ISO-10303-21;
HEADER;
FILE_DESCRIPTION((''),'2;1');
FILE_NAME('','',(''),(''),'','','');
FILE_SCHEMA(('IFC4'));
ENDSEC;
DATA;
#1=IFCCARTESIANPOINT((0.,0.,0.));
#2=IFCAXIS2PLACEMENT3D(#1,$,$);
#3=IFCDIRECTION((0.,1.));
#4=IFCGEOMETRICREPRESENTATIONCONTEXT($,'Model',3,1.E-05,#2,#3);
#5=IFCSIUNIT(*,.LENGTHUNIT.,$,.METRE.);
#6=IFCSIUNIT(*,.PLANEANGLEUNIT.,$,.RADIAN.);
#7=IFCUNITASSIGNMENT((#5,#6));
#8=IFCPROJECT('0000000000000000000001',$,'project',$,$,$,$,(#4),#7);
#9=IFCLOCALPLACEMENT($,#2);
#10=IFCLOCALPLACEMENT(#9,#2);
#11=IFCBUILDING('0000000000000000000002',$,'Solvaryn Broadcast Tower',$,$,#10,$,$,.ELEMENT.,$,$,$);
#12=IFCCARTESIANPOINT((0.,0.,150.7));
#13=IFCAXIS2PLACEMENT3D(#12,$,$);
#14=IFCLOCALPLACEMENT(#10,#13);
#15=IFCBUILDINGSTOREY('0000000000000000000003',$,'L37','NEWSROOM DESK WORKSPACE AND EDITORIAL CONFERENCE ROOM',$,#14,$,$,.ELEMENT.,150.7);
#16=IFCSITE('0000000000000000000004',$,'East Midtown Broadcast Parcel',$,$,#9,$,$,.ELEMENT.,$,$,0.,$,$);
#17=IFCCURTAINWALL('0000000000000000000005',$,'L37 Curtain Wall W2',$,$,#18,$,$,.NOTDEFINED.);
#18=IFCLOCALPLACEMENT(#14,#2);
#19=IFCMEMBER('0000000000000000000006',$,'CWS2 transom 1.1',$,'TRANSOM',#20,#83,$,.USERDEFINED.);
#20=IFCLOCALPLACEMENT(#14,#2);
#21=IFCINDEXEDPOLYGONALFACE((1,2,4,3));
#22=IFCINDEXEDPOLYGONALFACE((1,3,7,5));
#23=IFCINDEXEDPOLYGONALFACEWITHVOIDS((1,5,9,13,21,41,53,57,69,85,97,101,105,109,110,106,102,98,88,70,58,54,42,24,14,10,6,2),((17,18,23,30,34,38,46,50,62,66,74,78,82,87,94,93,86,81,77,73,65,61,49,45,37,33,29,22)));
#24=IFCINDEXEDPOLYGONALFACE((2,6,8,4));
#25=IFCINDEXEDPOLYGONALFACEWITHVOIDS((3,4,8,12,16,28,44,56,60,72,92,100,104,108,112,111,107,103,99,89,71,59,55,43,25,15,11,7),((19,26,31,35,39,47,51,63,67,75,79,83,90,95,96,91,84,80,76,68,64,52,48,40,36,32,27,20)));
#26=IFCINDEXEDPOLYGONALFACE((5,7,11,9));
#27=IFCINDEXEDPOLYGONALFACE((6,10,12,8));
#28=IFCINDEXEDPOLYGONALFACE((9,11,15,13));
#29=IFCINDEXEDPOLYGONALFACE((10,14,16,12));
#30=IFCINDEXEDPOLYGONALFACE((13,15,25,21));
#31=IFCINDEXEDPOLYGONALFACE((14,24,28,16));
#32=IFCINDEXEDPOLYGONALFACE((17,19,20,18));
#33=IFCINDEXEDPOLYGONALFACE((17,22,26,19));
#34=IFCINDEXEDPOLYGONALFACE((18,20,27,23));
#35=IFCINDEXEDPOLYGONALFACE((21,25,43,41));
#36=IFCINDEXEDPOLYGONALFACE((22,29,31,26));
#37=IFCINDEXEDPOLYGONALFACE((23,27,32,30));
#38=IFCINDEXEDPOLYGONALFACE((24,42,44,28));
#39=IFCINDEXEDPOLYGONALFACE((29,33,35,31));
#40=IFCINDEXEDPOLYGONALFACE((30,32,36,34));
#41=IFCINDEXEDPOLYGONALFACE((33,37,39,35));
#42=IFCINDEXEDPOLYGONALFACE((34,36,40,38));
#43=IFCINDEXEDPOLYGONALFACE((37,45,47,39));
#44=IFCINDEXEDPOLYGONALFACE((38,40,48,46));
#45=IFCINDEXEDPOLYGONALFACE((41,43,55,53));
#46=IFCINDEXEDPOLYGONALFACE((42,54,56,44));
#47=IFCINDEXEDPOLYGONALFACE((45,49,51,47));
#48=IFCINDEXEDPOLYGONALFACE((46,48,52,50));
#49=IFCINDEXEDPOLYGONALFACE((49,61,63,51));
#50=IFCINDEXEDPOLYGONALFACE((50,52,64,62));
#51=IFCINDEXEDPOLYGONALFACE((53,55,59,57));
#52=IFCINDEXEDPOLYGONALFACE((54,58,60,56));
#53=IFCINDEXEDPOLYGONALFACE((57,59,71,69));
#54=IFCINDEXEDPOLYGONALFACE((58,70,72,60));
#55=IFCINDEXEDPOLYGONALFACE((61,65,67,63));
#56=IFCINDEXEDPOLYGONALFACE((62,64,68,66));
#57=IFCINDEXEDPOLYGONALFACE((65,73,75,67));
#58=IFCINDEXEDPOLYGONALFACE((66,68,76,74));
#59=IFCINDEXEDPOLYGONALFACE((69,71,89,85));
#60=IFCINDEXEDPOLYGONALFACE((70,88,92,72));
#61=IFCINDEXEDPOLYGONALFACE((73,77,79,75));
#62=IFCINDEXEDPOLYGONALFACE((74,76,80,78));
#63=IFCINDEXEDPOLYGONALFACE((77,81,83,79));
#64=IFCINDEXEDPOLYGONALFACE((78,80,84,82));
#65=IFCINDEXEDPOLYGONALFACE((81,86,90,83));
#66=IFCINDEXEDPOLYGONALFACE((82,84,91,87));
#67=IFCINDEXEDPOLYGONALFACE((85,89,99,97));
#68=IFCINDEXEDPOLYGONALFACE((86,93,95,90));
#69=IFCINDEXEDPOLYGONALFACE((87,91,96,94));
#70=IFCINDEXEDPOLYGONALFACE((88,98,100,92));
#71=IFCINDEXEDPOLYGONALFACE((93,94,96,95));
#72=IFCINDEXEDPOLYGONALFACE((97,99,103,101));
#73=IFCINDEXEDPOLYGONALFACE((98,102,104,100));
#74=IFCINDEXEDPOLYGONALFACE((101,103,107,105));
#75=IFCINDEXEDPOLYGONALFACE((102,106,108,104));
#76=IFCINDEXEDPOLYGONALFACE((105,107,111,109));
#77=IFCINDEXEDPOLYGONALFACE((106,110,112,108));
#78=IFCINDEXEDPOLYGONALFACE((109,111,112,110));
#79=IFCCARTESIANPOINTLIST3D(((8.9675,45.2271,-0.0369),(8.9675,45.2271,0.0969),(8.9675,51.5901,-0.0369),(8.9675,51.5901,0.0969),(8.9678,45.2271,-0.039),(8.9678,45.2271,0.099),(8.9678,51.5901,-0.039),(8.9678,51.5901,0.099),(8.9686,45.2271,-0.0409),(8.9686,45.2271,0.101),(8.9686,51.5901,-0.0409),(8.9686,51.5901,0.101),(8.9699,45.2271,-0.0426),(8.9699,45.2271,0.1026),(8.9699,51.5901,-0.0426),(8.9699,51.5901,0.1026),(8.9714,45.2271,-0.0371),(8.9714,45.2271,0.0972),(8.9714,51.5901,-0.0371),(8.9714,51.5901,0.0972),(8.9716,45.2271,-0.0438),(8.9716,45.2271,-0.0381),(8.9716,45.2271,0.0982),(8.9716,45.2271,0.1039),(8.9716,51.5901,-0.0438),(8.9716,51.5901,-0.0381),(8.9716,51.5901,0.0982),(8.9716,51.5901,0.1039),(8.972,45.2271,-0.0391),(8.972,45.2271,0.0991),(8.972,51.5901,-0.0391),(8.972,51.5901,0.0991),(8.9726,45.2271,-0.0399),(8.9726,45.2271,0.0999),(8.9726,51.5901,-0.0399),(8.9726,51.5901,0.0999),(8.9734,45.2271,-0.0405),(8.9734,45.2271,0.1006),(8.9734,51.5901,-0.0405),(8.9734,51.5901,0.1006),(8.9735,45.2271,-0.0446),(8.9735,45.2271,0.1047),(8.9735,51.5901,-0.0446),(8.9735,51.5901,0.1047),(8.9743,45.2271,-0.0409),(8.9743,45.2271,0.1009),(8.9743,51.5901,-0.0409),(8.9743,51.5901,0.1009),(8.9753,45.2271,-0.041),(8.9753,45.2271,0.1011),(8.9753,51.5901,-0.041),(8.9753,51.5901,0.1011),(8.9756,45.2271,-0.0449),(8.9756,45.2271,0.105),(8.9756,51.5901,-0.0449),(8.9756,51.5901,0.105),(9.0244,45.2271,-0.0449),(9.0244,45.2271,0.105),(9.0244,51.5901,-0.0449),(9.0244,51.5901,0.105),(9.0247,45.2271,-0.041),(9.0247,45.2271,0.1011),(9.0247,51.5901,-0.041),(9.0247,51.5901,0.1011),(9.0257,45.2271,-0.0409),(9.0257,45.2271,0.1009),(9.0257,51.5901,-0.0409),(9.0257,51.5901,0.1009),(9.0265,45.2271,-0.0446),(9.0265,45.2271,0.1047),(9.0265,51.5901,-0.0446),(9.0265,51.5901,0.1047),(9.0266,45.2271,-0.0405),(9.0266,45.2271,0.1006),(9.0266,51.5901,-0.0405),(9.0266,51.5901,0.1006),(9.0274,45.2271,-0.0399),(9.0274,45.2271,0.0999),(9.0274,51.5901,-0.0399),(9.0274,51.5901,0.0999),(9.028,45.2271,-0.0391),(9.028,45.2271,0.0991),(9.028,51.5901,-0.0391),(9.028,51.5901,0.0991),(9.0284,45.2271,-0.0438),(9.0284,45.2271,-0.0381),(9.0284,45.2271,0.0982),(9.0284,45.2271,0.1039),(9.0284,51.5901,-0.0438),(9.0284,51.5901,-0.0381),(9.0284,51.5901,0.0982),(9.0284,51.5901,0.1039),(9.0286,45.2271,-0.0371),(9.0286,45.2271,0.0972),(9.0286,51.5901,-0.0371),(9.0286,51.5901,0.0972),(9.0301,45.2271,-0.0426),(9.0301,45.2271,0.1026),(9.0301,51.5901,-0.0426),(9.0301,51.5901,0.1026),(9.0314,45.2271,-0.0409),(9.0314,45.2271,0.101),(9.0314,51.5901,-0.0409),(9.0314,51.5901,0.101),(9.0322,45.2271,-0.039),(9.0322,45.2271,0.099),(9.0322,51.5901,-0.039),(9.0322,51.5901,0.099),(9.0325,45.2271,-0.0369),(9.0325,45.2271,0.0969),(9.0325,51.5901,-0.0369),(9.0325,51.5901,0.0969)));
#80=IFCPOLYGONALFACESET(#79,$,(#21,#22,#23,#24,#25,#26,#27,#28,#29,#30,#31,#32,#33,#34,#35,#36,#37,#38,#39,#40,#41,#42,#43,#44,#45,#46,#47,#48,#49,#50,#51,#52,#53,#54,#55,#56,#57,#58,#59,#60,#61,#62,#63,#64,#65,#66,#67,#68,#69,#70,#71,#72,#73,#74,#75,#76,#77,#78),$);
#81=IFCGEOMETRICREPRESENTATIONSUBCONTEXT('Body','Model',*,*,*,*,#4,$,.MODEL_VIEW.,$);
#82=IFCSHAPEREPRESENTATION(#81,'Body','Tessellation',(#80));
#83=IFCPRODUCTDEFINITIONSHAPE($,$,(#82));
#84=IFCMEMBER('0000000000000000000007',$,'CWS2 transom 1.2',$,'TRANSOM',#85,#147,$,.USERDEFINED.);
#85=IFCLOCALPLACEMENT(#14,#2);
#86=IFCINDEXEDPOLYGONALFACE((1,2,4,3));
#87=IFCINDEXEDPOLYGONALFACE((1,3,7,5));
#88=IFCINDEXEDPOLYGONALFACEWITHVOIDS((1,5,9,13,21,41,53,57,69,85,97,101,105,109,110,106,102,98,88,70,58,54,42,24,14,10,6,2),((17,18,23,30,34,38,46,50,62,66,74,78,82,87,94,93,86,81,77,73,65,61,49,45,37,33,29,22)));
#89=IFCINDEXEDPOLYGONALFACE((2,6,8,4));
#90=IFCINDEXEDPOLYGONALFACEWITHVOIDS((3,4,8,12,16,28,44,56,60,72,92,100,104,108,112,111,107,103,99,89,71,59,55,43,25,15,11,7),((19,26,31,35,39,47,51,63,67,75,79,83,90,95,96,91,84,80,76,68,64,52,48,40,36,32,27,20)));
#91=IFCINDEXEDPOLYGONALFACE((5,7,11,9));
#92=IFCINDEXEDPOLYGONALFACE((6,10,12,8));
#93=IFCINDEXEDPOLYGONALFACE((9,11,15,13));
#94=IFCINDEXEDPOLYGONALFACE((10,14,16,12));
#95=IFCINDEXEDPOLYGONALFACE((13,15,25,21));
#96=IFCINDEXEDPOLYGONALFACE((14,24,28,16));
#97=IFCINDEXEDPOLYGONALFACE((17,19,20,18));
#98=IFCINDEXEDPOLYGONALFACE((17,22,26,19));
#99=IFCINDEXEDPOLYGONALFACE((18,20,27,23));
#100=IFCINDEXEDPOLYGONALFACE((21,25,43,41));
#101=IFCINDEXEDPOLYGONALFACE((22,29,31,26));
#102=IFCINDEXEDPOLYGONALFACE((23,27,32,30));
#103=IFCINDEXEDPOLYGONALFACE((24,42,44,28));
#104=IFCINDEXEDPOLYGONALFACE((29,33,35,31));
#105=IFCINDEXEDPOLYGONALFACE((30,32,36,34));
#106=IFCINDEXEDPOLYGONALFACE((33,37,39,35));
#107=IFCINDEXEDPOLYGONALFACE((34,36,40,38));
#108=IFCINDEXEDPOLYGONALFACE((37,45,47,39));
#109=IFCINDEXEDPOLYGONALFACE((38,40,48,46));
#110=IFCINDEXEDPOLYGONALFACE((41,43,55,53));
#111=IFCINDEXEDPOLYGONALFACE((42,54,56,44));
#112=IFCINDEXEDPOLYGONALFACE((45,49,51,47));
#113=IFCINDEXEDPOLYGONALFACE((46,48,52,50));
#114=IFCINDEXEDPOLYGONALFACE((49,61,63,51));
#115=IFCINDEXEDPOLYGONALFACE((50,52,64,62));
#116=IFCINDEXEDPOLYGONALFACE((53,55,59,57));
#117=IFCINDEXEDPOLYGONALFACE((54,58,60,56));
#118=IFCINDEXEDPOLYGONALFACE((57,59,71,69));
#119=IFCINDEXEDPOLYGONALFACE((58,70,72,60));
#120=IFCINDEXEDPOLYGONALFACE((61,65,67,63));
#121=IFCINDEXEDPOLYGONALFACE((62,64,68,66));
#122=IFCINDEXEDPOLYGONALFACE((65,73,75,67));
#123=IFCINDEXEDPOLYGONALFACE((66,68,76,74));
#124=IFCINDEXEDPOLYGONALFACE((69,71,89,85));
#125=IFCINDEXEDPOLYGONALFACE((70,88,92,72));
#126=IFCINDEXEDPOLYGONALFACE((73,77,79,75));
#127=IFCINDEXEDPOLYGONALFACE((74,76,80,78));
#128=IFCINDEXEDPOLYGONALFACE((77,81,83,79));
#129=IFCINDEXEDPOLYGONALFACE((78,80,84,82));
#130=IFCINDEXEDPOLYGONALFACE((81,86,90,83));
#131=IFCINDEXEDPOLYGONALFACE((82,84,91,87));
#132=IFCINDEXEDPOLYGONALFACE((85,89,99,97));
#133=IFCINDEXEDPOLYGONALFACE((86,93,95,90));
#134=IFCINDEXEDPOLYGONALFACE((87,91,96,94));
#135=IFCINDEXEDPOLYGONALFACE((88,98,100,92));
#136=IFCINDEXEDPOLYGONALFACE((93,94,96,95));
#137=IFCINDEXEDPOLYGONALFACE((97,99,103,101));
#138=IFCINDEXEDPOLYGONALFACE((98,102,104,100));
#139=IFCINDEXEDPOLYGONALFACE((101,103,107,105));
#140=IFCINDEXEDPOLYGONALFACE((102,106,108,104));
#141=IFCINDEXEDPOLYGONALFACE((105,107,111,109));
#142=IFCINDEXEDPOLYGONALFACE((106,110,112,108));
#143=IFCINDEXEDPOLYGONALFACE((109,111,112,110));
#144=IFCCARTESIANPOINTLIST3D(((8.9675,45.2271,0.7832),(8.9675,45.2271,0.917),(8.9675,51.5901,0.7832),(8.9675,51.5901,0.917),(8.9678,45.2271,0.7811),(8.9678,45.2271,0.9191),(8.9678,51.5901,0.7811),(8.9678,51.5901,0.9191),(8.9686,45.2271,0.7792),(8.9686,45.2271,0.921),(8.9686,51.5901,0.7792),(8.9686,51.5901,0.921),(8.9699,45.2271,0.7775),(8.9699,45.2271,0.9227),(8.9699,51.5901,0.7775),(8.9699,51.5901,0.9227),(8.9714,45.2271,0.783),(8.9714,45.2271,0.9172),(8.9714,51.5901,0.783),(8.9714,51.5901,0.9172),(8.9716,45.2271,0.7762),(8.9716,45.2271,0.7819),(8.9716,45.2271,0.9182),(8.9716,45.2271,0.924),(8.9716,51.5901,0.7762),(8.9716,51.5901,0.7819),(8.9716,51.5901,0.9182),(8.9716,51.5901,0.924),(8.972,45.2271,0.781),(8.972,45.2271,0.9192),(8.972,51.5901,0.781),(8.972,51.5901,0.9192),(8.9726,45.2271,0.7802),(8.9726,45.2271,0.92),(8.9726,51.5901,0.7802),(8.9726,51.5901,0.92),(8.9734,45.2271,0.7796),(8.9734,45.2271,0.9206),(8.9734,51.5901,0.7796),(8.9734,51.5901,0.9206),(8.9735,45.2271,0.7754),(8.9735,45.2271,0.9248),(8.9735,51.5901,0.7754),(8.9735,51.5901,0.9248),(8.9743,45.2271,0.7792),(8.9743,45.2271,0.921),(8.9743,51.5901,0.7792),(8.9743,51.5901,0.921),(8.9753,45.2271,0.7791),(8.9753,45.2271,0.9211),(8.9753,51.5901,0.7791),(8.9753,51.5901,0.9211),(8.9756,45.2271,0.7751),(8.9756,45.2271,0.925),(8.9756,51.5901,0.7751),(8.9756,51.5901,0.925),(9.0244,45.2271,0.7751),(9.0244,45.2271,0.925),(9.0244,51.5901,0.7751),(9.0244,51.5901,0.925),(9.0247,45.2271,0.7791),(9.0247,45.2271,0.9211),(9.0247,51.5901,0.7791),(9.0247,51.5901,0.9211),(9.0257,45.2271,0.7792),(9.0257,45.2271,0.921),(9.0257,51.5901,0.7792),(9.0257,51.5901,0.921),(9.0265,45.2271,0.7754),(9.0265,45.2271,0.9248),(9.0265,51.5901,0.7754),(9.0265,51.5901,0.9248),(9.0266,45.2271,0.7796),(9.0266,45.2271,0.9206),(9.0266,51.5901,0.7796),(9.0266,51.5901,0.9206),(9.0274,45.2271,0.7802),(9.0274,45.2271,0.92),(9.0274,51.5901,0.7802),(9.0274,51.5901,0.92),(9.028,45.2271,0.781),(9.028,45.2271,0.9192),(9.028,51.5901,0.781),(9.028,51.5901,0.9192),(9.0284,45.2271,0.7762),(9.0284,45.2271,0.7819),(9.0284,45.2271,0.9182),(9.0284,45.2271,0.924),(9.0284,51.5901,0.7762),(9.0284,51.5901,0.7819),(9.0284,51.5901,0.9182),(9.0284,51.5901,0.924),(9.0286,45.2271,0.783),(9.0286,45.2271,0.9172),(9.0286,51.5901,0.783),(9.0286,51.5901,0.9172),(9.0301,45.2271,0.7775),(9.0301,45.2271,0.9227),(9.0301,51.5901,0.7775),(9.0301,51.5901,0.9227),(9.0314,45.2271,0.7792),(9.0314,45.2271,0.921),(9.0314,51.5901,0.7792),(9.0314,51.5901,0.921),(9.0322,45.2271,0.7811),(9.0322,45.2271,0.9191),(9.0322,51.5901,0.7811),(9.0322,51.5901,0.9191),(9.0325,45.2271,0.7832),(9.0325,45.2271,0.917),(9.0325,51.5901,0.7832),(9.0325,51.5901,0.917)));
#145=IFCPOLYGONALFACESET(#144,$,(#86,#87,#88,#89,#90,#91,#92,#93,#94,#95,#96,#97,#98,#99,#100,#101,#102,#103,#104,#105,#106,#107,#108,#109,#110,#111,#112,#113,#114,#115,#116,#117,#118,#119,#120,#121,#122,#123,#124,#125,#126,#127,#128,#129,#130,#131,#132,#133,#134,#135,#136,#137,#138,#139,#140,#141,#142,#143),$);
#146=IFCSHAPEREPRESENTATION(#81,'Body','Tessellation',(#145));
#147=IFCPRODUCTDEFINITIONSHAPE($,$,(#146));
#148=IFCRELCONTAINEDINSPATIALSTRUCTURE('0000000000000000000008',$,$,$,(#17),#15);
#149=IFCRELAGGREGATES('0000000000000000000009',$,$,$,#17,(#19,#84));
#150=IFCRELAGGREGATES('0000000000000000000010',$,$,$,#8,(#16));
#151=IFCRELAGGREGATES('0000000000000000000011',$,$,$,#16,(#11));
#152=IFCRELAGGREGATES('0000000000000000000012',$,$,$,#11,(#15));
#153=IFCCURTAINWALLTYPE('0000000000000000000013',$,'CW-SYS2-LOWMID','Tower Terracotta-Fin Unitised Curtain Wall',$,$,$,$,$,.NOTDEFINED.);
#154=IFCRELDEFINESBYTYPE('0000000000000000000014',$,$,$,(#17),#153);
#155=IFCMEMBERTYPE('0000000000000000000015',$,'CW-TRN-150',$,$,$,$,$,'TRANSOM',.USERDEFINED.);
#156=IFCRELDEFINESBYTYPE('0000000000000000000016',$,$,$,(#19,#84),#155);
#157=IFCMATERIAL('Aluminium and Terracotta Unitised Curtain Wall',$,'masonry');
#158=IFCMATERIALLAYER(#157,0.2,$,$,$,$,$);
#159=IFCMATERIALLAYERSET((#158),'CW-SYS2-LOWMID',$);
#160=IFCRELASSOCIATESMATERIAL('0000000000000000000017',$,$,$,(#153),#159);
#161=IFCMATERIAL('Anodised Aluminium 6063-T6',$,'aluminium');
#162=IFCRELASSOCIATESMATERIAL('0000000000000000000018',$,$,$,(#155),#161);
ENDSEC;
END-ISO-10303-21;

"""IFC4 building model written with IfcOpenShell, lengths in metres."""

from ifc_helpers import new_model, si_unit, direction, frame, origin, origin_2d, place, context, subcontext, project, spatial, hollow_rectangle, extrude, material, layer, layer_set, material_profile, profile_set, type_object, element, aggregate, save


model = new_model("IFC4")

# Units and contexts
model_context = context("Model", 3, precision=1e-05, world=origin(), true_north=direction((0.0, 1.0)))
body_context = subcontext(model_context, "Body", "Model", "MODEL_VIEW")
ifc_project = project(units=[si_unit("LENGTHUNIT", "METRE"), si_unit("PLANEANGLEUNIT", "RADIAN")], contexts=[model_context])

# Site, building, storey
site_placement = place(None, origin())
site = spatial("IfcSite", under=ifc_project, at=site_placement, Name="East Midtown Broadcast Parcel", CompositionType="ELEMENT", RefElevation=0.0)
building_placement = place(site_placement, origin())
building = spatial("IfcBuilding", under=site, at=building_placement, Name="Solvaryn Broadcast Tower", CompositionType="ELEMENT")
storey_placement = place(building_placement, frame((0.0, 0.0, 150.7)))
storey = spatial("IfcBuildingStorey", under=building, at=storey_placement, Name="L37", Description="NEWSROOM DESK WORKSPACE AND EDITORIAL CONFERENCE ROOM", CompositionType="ELEMENT", Elevation=150.7)

# Shared definitions
ifc_material_1 = material(Name="Aluminium and Terracotta Unitised Curtain Wall", Category="masonry")
ifc_layer_1 = layer(ifc_material_1, 0.2)
ifc_layer_set_1 = layer_set([ifc_layer_1], Name="CW-SYS2-LOWMID")
curtain_wall_type = type_object("IfcCurtainWallType", Name="CW-SYS2-LOWMID", Description="Tower Terracotta-Fin Unitised Curtain Wall", PredefinedType="NOTDEFINED", material=ifc_layer_set_1)

# Curtain wall
curtain_wall_1_placement = place(storey_placement, origin())
curtain_wall_1 = element("IfcCurtainWall", 1, at=curtain_wall_1_placement, inside=storey, type_object=curtain_wall_type, Name="L37 Curtain Wall W2", PredefinedType="NOTDEFINED")

# Members
ifc_material_2 = material(Name="Anodised Aluminium 6063-T6", Category="aluminium")
ifc_material_profile_1 = material_profile(ifc_material_2, hollow_rectangle(XDim=0.0649, YDim=0.1499, WallThickness=0.0039, InnerFilletRadius=0.0039, OuterFilletRadius=0.0081, at=origin_2d()))
ifc_profile_set_1 = profile_set([ifc_material_profile_1], Name="Anodised Aluminium 6063-T6")
member_type_1 = type_object("IfcMemberType", Name="CW-TRN-150", ElementType="TRANSOM", PredefinedType="USERDEFINED", material=ifc_profile_set_1)
member_1_placement = place(storey_placement, frame((9.0, 45.2271, 0.03), z_axis=(0.0, 1.0, 0.0), x_axis=(-1.0, 0.0, 0.0)))
member_1 = element("IfcMember", 2, at=member_1_placement, type_object=member_type_1, Name="CWS2 transom 1.1", ObjectType="TRANSOM", PredefinedType="USERDEFINED", context=body_context, shape_type="SweptSolid", body=[
    extrude(hollow_rectangle(XDim=0.0649, YDim=0.1499, WallThickness=0.0039, InnerFilletRadius=0.0039, OuterFilletRadius=0.0081, at=origin_2d()), origin(), (0.0, 0.0, 1.0), 6.363),
])
member_2_placement = place(storey_placement, frame((9.0, 45.2271, 0.8501), z_axis=(0.0, 1.0, 0.0), x_axis=(-1.0, 0.0, 0.0)))
member_2 = element("IfcMember", 3, at=member_2_placement, type_object=member_type_1, Name="CWS2 transom 1.2", ObjectType="TRANSOM", PredefinedType="USERDEFINED", context=body_context, shape_type="SweptSolid", body=[
    extrude(hollow_rectangle(XDim=0.0649, YDim=0.1499, WallThickness=0.0039, InnerFilletRadius=0.0039, OuterFilletRadius=0.0081, at=origin_2d()), origin(), (0.0, 0.0, 1.0), 6.363),
])

aggregate(curtain_wall_1, [member_1, member_2])

save(model, "model.ifc")
